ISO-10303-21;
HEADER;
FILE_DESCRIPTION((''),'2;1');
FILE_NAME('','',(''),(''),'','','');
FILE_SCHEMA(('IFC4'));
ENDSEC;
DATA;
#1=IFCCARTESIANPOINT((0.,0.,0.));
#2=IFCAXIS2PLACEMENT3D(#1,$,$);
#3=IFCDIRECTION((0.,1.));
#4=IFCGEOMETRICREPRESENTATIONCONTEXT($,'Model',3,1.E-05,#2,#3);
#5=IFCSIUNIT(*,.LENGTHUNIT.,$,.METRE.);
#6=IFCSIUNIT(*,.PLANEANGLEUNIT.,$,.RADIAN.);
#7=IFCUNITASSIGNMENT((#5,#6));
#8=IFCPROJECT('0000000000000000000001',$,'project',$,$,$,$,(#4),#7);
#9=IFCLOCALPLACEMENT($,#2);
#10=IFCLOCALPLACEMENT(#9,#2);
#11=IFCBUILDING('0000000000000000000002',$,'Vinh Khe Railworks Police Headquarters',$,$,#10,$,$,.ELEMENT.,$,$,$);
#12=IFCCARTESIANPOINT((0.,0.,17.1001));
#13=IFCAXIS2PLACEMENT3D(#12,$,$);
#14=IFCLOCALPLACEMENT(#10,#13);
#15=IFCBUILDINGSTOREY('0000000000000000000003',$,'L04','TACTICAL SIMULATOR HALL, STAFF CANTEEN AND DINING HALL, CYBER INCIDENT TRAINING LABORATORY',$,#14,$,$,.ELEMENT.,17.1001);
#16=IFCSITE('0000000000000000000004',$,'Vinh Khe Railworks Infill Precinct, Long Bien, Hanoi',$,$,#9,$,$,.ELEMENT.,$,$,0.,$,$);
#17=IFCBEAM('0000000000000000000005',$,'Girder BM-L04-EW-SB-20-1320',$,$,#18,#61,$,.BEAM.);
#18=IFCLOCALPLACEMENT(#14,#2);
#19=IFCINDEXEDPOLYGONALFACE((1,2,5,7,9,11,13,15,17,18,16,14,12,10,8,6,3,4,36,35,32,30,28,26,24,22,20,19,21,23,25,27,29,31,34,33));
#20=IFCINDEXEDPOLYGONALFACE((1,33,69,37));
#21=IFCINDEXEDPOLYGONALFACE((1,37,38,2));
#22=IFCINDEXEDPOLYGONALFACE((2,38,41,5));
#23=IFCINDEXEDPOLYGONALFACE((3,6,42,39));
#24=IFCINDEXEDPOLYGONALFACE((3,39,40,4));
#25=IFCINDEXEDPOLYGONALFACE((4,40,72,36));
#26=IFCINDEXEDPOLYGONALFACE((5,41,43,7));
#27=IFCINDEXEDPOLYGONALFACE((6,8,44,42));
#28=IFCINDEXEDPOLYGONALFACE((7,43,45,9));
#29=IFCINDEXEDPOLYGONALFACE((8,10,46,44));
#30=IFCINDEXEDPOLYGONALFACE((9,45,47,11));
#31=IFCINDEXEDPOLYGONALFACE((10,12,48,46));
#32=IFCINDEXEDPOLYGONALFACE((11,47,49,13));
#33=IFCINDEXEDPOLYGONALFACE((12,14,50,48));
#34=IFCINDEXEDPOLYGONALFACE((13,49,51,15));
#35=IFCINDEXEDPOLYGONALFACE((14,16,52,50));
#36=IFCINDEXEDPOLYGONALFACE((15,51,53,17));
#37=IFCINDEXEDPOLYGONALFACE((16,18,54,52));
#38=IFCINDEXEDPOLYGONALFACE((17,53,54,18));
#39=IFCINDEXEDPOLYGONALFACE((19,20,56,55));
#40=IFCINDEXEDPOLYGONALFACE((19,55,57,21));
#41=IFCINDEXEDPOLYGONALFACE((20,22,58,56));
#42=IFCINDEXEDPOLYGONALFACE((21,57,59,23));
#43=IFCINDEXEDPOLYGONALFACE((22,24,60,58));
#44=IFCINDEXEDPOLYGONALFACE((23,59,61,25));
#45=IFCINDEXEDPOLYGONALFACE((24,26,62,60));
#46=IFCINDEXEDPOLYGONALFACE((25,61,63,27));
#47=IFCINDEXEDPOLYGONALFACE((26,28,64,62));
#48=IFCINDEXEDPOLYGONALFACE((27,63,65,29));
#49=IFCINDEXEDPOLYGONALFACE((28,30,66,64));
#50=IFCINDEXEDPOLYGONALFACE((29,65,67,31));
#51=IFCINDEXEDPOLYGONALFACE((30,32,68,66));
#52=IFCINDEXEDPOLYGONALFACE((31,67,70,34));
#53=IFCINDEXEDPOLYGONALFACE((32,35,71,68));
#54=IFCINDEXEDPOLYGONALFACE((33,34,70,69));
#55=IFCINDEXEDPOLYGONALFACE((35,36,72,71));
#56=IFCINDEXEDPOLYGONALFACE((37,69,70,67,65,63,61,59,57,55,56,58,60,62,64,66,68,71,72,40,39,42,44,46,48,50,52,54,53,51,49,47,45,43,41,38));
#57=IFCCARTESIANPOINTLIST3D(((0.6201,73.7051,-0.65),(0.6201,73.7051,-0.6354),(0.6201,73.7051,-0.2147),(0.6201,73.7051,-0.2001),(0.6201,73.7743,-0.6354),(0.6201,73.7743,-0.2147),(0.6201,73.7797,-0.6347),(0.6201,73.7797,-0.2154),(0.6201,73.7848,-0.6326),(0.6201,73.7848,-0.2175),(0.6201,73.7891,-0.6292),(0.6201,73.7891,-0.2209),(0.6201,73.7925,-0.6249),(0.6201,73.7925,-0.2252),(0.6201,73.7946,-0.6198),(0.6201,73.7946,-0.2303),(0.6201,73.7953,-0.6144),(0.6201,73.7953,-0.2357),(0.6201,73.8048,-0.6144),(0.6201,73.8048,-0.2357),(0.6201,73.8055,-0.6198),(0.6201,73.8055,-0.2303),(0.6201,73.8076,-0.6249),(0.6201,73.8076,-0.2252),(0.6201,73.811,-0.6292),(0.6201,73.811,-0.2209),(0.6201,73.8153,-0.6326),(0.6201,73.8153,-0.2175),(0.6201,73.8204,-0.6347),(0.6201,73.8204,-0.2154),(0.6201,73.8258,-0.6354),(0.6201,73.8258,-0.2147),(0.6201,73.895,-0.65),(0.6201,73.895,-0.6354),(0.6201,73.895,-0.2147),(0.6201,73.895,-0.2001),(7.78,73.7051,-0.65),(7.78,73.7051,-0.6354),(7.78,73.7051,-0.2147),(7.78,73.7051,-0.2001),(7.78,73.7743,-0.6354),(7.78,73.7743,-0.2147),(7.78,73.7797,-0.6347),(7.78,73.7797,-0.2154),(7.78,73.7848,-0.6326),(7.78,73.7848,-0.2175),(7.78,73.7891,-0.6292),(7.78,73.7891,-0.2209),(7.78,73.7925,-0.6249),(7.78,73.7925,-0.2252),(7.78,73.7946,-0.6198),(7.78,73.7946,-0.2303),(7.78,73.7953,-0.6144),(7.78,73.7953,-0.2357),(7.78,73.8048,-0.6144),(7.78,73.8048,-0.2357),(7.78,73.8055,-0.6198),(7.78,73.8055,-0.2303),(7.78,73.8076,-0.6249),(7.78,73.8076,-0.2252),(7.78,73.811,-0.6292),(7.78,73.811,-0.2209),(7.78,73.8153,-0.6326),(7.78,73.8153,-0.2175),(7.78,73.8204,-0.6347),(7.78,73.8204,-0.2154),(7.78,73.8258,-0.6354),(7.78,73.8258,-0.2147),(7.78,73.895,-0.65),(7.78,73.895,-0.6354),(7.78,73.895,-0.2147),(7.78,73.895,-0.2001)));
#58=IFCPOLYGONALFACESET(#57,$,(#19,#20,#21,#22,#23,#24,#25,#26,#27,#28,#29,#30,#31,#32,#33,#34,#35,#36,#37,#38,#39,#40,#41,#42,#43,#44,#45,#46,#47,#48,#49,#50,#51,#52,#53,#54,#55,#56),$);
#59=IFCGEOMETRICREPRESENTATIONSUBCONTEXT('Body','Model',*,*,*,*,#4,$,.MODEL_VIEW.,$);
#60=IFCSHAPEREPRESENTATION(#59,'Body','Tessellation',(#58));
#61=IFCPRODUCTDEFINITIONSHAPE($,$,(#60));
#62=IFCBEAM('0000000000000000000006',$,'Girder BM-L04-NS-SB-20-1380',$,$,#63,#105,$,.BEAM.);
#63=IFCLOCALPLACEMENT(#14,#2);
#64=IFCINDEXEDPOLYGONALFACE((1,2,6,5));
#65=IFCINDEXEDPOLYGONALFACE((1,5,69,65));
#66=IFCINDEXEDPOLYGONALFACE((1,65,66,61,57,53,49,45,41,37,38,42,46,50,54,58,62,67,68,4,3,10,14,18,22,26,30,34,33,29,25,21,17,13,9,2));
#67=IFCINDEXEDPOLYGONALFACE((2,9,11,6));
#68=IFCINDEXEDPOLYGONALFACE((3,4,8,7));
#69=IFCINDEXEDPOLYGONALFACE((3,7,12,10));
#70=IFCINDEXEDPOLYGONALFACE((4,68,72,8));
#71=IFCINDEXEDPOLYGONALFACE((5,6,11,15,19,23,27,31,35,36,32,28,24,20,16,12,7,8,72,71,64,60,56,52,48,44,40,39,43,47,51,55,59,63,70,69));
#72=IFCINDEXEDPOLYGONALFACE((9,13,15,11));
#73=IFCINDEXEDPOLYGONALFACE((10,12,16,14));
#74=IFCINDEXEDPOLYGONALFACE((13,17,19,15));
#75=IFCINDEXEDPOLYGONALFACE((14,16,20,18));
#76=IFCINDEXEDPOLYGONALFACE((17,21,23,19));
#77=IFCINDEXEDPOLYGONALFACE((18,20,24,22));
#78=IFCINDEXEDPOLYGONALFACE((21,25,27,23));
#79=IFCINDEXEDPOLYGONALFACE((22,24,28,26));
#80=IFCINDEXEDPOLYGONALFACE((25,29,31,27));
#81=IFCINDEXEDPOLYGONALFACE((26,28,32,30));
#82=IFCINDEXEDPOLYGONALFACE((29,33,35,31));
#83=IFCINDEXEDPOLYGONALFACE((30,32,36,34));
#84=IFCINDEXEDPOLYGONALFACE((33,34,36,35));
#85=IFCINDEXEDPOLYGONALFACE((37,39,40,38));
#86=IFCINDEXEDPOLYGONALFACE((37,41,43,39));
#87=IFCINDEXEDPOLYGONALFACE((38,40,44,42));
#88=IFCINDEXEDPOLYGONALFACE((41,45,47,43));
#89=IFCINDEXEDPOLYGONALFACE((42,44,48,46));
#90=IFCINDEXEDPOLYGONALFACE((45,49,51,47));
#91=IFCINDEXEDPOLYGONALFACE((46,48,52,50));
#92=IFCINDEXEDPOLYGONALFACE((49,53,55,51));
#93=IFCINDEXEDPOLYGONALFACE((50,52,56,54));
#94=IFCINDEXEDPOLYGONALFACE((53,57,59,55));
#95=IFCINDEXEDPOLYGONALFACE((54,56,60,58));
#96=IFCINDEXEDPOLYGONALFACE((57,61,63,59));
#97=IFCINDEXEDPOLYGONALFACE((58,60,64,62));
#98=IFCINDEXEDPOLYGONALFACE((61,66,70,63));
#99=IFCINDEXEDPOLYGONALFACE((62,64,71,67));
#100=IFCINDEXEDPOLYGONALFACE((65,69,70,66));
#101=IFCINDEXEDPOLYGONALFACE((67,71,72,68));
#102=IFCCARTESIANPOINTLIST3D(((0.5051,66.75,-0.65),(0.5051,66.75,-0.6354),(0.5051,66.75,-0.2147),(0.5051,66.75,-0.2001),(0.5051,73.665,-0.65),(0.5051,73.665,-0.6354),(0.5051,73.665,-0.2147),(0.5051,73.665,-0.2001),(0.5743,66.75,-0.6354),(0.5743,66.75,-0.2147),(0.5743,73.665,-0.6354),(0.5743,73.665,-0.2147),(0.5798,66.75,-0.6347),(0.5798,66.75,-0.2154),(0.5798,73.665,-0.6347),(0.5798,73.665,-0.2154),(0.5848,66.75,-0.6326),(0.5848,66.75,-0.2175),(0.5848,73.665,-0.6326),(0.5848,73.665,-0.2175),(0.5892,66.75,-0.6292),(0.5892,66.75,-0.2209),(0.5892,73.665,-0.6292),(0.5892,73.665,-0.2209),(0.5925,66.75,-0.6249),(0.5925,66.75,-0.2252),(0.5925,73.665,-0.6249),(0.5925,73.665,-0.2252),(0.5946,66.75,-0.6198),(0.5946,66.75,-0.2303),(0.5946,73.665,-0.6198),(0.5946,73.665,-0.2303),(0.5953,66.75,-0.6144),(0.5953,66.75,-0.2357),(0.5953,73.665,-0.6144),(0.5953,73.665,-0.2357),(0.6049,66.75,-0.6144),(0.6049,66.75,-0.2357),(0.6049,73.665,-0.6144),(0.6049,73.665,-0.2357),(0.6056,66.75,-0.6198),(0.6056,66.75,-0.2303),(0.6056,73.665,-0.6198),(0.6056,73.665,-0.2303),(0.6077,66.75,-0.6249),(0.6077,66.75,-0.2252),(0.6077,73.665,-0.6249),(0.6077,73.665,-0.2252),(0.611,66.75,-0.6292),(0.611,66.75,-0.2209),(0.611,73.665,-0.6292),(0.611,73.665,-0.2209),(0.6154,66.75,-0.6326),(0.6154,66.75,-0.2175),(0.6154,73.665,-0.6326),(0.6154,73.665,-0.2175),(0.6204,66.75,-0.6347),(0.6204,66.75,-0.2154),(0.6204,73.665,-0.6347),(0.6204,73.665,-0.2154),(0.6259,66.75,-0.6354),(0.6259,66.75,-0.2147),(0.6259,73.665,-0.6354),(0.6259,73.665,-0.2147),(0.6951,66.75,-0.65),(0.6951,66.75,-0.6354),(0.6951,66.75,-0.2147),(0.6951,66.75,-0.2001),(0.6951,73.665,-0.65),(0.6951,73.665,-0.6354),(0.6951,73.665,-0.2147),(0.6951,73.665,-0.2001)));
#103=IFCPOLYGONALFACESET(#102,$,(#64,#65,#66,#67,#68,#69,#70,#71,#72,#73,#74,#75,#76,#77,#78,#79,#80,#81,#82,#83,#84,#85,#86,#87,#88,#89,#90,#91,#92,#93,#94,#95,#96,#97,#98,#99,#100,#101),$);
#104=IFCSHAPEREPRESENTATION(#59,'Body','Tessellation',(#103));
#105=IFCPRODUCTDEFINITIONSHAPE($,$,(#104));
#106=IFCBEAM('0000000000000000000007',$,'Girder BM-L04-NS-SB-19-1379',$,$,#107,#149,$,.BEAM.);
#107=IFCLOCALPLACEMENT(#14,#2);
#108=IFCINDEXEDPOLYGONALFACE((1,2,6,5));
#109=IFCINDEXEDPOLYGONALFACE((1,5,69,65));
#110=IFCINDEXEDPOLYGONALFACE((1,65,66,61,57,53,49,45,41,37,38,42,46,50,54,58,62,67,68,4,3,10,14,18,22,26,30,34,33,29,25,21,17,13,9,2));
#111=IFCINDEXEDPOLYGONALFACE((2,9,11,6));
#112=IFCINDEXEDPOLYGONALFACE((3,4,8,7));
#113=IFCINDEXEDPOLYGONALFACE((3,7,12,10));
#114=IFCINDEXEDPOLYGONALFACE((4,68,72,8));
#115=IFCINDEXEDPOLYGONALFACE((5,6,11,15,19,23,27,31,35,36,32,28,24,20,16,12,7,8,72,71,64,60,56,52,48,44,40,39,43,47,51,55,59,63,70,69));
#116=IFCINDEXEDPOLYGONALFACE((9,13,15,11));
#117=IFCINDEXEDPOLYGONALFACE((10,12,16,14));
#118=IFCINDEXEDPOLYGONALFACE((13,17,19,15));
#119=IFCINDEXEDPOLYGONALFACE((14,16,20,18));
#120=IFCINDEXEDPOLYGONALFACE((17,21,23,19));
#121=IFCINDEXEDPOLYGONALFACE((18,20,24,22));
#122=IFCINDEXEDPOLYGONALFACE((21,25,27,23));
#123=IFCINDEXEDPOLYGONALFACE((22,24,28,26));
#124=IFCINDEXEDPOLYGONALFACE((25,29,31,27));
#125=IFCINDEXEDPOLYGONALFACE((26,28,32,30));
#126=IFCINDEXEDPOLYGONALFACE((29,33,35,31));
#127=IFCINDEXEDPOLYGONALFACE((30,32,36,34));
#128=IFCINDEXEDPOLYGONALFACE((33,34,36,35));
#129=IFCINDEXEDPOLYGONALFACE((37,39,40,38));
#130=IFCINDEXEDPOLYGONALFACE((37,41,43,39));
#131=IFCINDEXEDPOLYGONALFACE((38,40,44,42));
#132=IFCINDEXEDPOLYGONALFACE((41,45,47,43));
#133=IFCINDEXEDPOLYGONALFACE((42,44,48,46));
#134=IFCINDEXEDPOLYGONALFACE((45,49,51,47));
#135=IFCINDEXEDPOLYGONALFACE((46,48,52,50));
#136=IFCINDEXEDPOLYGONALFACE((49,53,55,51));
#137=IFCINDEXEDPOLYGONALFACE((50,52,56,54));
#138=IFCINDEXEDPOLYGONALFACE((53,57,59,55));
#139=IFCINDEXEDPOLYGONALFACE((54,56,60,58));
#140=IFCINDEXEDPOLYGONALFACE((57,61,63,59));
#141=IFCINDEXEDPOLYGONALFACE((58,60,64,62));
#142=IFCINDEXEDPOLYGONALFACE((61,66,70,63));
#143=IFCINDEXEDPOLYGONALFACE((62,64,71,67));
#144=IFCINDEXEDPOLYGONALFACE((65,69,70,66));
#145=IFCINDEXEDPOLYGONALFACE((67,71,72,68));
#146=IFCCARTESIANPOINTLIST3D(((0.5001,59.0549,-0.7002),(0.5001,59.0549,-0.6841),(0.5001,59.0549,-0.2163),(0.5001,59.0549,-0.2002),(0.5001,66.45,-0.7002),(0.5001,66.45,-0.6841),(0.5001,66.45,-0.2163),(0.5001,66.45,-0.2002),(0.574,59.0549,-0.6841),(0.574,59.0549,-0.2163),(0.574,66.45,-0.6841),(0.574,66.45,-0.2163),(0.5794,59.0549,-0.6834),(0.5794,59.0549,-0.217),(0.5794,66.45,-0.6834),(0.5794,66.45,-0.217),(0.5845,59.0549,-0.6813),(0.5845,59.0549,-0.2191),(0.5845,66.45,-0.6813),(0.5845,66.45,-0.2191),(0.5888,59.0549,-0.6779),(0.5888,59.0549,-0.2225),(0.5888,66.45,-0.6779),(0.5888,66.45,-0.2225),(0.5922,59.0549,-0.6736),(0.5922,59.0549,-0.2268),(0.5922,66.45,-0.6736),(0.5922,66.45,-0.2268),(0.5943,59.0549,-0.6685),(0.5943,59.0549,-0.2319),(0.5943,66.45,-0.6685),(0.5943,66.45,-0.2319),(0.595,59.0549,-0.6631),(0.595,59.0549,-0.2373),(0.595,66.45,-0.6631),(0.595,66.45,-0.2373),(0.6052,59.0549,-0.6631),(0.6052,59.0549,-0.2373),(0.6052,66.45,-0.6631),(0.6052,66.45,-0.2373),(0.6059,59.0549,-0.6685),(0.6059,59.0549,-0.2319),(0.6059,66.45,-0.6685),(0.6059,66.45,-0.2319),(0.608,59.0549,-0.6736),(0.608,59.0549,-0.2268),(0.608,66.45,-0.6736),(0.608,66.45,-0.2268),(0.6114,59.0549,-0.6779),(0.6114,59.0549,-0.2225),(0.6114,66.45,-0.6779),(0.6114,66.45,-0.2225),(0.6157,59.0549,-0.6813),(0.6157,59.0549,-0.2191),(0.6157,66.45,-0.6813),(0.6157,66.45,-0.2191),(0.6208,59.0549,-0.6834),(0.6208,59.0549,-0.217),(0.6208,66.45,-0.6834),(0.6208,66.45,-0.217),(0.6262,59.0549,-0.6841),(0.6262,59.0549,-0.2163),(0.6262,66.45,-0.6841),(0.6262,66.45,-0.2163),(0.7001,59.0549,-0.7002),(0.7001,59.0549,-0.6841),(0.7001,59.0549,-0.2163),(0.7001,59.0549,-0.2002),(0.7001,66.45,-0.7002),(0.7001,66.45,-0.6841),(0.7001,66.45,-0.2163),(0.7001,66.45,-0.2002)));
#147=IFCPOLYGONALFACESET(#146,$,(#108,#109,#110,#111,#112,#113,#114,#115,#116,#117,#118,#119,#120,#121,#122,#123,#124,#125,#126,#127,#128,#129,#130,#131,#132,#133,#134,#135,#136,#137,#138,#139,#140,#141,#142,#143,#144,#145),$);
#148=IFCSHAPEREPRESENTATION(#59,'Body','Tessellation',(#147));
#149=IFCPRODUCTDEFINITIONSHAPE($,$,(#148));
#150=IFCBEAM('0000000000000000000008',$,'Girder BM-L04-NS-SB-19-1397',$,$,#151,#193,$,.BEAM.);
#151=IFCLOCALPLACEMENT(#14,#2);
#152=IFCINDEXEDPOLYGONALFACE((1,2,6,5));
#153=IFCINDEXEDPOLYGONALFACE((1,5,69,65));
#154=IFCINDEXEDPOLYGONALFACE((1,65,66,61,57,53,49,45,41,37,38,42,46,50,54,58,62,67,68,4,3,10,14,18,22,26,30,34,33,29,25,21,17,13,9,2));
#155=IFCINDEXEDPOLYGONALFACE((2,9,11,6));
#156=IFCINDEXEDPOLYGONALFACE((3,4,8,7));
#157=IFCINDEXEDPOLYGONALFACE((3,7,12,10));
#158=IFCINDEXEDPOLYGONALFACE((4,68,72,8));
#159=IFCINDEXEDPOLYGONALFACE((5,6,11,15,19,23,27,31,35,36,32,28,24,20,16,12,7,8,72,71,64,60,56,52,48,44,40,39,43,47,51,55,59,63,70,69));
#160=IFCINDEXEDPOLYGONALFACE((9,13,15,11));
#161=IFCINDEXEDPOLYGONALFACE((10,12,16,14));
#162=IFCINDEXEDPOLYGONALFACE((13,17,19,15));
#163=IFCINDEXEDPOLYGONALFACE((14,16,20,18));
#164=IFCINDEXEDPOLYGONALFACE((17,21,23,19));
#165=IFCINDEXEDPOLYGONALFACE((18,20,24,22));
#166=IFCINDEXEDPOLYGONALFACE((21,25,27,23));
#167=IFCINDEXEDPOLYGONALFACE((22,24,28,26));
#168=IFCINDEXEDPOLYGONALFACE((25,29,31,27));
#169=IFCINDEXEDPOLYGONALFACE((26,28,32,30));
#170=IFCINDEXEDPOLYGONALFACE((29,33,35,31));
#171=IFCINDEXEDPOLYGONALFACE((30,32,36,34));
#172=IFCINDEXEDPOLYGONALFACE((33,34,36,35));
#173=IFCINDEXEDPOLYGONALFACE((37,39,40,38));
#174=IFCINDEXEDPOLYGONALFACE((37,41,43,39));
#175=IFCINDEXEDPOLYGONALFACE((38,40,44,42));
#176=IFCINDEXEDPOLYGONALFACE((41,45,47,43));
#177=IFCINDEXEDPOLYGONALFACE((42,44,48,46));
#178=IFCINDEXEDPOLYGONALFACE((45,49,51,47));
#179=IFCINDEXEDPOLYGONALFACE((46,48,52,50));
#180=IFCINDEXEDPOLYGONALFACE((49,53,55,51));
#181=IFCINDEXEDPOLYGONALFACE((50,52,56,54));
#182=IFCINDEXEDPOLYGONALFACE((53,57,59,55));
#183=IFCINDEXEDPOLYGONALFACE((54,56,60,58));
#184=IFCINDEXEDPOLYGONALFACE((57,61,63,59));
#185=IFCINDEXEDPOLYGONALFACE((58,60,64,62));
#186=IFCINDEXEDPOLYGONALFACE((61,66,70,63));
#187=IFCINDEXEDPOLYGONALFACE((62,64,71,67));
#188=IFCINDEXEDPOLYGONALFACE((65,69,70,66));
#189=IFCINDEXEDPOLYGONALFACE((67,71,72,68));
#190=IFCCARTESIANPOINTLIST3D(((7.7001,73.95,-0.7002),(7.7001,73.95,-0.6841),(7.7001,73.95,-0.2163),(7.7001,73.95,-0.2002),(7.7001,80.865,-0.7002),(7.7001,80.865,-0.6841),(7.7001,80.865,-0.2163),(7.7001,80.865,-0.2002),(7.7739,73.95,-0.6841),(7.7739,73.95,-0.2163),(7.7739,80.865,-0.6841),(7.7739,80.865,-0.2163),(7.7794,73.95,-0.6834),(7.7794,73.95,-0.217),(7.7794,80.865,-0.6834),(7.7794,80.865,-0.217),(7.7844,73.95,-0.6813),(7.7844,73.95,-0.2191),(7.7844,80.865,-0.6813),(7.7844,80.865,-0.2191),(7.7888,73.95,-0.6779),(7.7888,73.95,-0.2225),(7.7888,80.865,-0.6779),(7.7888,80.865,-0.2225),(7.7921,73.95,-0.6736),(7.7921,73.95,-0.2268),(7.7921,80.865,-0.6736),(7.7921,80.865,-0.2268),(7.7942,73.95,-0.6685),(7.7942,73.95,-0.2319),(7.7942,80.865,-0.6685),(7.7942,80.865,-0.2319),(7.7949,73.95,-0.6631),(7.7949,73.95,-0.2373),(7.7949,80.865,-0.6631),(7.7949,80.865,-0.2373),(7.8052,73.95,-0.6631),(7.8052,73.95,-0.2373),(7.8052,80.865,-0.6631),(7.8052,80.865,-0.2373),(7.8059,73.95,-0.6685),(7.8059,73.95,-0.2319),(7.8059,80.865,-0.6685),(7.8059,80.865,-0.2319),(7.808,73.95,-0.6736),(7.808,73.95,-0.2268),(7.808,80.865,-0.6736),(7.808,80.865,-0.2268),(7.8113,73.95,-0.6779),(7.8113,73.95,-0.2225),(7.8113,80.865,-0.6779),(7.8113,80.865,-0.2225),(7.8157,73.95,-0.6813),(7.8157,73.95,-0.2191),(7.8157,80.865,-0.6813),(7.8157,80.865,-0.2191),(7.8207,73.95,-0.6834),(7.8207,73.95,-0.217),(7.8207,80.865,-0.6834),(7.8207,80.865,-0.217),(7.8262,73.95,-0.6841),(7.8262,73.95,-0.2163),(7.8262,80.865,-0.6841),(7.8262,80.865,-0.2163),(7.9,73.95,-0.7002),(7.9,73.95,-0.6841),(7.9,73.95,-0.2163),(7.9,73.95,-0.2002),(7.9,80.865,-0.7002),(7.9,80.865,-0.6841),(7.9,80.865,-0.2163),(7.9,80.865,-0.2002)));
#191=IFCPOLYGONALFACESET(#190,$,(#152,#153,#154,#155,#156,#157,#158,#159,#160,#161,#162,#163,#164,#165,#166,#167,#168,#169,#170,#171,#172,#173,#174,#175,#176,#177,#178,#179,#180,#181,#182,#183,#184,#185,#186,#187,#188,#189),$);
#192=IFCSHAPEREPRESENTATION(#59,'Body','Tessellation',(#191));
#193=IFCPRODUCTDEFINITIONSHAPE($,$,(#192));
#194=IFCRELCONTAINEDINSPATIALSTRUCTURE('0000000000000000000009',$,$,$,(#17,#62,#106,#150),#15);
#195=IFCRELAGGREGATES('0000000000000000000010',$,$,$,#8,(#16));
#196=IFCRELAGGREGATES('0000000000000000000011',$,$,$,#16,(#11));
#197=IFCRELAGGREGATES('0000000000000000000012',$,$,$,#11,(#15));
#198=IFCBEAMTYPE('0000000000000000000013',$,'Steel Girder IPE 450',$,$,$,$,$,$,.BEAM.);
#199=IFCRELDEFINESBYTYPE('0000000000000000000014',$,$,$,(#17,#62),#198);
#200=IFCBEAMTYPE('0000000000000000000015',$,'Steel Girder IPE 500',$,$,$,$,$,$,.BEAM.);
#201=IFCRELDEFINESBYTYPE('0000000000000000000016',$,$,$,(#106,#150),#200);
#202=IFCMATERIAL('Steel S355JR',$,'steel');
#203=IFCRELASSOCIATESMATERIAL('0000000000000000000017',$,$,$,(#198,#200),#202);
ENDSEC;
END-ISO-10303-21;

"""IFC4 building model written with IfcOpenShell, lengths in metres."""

from ifc_helpers import new_model, si_unit, direction, frame, origin, origin_2d, place, context, subcontext, project, spatial, i_section, extrude, material, material_profile, profile_set, type_object, element, save


model = new_model("IFC4")

# Units and contexts
model_context = context("Model", 3, precision=1e-05, world=origin(), true_north=direction((0.0, 1.0)))
body_context = subcontext(model_context, "Body", "Model", "MODEL_VIEW")
ifc_project = project(units=[si_unit("LENGTHUNIT", "METRE"), si_unit("PLANEANGLEUNIT", "RADIAN")], contexts=[model_context])

# Site, building, storey
site_placement = place(None, origin())
site = spatial("IfcSite", under=ifc_project, at=site_placement, Name="Vinh Khe Railworks Infill Precinct, Long Bien, Hanoi", CompositionType="ELEMENT", RefElevation=0.0)
building_placement = place(site_placement, origin())
building = spatial("IfcBuilding", under=site, at=building_placement, Name="Vinh Khe Railworks Police Headquarters", CompositionType="ELEMENT")
storey_placement = place(building_placement, frame((0.0, 0.0, 17.1001)))
storey = spatial("IfcBuildingStorey", under=building, at=storey_placement, Name="L04", Description="TACTICAL SIMULATOR HALL, STAFF CANTEEN AND DINING HALL, CYBER INCIDENT TRAINING LABORATORY", CompositionType="ELEMENT", Elevation=17.1001)

# Shared definitions
ifc_material_1 = material(Name="Steel S355JR", Category="steel")

# Beams
ifc_material_profile_1 = material_profile(ifc_material_1, i_section(OverallWidth=0.1899, OverallDepth=0.45, WebThickness=0.0095, FlangeThickness=0.0146, FilletRadius=0.021, at=origin_2d()), Name="IPE 450")
ifc_profile_set_1 = profile_set([ifc_material_profile_1], Name="Steel S355JR")
beam_type_1 = type_object("IfcBeamType", Name="Steel Girder IPE 450", PredefinedType="BEAM", material=ifc_profile_set_1)
beam_1_placement = place(storey_placement, frame((0.6201, 73.8, -0.425), z_axis=(1.0, 0.0, 0.0), x_axis=(0.0, 1.0, 0.0)))
element("IfcBeam", 1, at=beam_1_placement, inside=storey, type_object=beam_type_1, Name="Girder BM-L04-EW-SB-20-1320", PredefinedType="BEAM", context=body_context, shape_type="SweptSolid", body=[
    extrude(i_section(OverallWidth=0.1899, OverallDepth=0.45, WebThickness=0.0095, FlangeThickness=0.0146, FilletRadius=0.021, at=origin_2d()), origin(), (0.0, 0.0, 1.0), 7.1599),
])
beam_2_placement = place(storey_placement, frame((0.6001, 66.75, -0.425), z_axis=(0.0, 1.0, 0.0), x_axis=(-1.0, 0.0, 0.0)))
element("IfcBeam", 2, at=beam_2_placement, inside=storey, type_object=beam_type_1, Name="Girder BM-L04-NS-SB-20-1380", PredefinedType="BEAM", context=body_context, shape_type="SweptSolid", body=[
    extrude(i_section(OverallWidth=0.1899, OverallDepth=0.45, WebThickness=0.0095, FlangeThickness=0.0146, FilletRadius=0.021, at=origin_2d()), origin(), (0.0, 0.0, 1.0), 6.915),
])
ifc_material_profile_2 = material_profile(ifc_material_1, i_section(OverallWidth=0.2, OverallDepth=0.5, WebThickness=0.0103, FlangeThickness=0.0161, FilletRadius=0.021, at=origin_2d()), Name="IPE 500")
ifc_profile_set_2 = profile_set([ifc_material_profile_2], Name="Steel S355JR")
beam_type_2 = type_object("IfcBeamType", Name="Steel Girder IPE 500", PredefinedType="BEAM", material=ifc_profile_set_2)
beam_3_placement = place(storey_placement, frame((0.6001, 59.0549, -0.4502), z_axis=(0.0, 1.0, 0.0), x_axis=(-1.0, 0.0, 0.0)))
element("IfcBeam", 3, at=beam_3_placement, inside=storey, type_object=beam_type_2, Name="Girder BM-L04-NS-SB-19-1379", PredefinedType="BEAM", context=body_context, shape_type="SweptSolid", body=[
    extrude(i_section(OverallWidth=0.2, OverallDepth=0.5, WebThickness=0.0103, FlangeThickness=0.0161, FilletRadius=0.021, at=origin_2d()), origin(), (0.0, 0.0, 1.0), 7.395),
])
beam_4_placement = place(storey_placement, frame((7.8, 73.95, -0.4502), z_axis=(0.0, 1.0, 0.0), x_axis=(-1.0, 0.0, 0.0)))
element("IfcBeam", 4, at=beam_4_placement, inside=storey, type_object=beam_type_2, Name="Girder BM-L04-NS-SB-19-1397", PredefinedType="BEAM", context=body_context, shape_type="SweptSolid", body=[
    extrude(i_section(OverallWidth=0.2, OverallDepth=0.5, WebThickness=0.0103, FlangeThickness=0.0161, FilletRadius=0.021, at=origin_2d()), origin(), (0.0, 0.0, 1.0), 6.915),
])

save(model, "model.ifc")
